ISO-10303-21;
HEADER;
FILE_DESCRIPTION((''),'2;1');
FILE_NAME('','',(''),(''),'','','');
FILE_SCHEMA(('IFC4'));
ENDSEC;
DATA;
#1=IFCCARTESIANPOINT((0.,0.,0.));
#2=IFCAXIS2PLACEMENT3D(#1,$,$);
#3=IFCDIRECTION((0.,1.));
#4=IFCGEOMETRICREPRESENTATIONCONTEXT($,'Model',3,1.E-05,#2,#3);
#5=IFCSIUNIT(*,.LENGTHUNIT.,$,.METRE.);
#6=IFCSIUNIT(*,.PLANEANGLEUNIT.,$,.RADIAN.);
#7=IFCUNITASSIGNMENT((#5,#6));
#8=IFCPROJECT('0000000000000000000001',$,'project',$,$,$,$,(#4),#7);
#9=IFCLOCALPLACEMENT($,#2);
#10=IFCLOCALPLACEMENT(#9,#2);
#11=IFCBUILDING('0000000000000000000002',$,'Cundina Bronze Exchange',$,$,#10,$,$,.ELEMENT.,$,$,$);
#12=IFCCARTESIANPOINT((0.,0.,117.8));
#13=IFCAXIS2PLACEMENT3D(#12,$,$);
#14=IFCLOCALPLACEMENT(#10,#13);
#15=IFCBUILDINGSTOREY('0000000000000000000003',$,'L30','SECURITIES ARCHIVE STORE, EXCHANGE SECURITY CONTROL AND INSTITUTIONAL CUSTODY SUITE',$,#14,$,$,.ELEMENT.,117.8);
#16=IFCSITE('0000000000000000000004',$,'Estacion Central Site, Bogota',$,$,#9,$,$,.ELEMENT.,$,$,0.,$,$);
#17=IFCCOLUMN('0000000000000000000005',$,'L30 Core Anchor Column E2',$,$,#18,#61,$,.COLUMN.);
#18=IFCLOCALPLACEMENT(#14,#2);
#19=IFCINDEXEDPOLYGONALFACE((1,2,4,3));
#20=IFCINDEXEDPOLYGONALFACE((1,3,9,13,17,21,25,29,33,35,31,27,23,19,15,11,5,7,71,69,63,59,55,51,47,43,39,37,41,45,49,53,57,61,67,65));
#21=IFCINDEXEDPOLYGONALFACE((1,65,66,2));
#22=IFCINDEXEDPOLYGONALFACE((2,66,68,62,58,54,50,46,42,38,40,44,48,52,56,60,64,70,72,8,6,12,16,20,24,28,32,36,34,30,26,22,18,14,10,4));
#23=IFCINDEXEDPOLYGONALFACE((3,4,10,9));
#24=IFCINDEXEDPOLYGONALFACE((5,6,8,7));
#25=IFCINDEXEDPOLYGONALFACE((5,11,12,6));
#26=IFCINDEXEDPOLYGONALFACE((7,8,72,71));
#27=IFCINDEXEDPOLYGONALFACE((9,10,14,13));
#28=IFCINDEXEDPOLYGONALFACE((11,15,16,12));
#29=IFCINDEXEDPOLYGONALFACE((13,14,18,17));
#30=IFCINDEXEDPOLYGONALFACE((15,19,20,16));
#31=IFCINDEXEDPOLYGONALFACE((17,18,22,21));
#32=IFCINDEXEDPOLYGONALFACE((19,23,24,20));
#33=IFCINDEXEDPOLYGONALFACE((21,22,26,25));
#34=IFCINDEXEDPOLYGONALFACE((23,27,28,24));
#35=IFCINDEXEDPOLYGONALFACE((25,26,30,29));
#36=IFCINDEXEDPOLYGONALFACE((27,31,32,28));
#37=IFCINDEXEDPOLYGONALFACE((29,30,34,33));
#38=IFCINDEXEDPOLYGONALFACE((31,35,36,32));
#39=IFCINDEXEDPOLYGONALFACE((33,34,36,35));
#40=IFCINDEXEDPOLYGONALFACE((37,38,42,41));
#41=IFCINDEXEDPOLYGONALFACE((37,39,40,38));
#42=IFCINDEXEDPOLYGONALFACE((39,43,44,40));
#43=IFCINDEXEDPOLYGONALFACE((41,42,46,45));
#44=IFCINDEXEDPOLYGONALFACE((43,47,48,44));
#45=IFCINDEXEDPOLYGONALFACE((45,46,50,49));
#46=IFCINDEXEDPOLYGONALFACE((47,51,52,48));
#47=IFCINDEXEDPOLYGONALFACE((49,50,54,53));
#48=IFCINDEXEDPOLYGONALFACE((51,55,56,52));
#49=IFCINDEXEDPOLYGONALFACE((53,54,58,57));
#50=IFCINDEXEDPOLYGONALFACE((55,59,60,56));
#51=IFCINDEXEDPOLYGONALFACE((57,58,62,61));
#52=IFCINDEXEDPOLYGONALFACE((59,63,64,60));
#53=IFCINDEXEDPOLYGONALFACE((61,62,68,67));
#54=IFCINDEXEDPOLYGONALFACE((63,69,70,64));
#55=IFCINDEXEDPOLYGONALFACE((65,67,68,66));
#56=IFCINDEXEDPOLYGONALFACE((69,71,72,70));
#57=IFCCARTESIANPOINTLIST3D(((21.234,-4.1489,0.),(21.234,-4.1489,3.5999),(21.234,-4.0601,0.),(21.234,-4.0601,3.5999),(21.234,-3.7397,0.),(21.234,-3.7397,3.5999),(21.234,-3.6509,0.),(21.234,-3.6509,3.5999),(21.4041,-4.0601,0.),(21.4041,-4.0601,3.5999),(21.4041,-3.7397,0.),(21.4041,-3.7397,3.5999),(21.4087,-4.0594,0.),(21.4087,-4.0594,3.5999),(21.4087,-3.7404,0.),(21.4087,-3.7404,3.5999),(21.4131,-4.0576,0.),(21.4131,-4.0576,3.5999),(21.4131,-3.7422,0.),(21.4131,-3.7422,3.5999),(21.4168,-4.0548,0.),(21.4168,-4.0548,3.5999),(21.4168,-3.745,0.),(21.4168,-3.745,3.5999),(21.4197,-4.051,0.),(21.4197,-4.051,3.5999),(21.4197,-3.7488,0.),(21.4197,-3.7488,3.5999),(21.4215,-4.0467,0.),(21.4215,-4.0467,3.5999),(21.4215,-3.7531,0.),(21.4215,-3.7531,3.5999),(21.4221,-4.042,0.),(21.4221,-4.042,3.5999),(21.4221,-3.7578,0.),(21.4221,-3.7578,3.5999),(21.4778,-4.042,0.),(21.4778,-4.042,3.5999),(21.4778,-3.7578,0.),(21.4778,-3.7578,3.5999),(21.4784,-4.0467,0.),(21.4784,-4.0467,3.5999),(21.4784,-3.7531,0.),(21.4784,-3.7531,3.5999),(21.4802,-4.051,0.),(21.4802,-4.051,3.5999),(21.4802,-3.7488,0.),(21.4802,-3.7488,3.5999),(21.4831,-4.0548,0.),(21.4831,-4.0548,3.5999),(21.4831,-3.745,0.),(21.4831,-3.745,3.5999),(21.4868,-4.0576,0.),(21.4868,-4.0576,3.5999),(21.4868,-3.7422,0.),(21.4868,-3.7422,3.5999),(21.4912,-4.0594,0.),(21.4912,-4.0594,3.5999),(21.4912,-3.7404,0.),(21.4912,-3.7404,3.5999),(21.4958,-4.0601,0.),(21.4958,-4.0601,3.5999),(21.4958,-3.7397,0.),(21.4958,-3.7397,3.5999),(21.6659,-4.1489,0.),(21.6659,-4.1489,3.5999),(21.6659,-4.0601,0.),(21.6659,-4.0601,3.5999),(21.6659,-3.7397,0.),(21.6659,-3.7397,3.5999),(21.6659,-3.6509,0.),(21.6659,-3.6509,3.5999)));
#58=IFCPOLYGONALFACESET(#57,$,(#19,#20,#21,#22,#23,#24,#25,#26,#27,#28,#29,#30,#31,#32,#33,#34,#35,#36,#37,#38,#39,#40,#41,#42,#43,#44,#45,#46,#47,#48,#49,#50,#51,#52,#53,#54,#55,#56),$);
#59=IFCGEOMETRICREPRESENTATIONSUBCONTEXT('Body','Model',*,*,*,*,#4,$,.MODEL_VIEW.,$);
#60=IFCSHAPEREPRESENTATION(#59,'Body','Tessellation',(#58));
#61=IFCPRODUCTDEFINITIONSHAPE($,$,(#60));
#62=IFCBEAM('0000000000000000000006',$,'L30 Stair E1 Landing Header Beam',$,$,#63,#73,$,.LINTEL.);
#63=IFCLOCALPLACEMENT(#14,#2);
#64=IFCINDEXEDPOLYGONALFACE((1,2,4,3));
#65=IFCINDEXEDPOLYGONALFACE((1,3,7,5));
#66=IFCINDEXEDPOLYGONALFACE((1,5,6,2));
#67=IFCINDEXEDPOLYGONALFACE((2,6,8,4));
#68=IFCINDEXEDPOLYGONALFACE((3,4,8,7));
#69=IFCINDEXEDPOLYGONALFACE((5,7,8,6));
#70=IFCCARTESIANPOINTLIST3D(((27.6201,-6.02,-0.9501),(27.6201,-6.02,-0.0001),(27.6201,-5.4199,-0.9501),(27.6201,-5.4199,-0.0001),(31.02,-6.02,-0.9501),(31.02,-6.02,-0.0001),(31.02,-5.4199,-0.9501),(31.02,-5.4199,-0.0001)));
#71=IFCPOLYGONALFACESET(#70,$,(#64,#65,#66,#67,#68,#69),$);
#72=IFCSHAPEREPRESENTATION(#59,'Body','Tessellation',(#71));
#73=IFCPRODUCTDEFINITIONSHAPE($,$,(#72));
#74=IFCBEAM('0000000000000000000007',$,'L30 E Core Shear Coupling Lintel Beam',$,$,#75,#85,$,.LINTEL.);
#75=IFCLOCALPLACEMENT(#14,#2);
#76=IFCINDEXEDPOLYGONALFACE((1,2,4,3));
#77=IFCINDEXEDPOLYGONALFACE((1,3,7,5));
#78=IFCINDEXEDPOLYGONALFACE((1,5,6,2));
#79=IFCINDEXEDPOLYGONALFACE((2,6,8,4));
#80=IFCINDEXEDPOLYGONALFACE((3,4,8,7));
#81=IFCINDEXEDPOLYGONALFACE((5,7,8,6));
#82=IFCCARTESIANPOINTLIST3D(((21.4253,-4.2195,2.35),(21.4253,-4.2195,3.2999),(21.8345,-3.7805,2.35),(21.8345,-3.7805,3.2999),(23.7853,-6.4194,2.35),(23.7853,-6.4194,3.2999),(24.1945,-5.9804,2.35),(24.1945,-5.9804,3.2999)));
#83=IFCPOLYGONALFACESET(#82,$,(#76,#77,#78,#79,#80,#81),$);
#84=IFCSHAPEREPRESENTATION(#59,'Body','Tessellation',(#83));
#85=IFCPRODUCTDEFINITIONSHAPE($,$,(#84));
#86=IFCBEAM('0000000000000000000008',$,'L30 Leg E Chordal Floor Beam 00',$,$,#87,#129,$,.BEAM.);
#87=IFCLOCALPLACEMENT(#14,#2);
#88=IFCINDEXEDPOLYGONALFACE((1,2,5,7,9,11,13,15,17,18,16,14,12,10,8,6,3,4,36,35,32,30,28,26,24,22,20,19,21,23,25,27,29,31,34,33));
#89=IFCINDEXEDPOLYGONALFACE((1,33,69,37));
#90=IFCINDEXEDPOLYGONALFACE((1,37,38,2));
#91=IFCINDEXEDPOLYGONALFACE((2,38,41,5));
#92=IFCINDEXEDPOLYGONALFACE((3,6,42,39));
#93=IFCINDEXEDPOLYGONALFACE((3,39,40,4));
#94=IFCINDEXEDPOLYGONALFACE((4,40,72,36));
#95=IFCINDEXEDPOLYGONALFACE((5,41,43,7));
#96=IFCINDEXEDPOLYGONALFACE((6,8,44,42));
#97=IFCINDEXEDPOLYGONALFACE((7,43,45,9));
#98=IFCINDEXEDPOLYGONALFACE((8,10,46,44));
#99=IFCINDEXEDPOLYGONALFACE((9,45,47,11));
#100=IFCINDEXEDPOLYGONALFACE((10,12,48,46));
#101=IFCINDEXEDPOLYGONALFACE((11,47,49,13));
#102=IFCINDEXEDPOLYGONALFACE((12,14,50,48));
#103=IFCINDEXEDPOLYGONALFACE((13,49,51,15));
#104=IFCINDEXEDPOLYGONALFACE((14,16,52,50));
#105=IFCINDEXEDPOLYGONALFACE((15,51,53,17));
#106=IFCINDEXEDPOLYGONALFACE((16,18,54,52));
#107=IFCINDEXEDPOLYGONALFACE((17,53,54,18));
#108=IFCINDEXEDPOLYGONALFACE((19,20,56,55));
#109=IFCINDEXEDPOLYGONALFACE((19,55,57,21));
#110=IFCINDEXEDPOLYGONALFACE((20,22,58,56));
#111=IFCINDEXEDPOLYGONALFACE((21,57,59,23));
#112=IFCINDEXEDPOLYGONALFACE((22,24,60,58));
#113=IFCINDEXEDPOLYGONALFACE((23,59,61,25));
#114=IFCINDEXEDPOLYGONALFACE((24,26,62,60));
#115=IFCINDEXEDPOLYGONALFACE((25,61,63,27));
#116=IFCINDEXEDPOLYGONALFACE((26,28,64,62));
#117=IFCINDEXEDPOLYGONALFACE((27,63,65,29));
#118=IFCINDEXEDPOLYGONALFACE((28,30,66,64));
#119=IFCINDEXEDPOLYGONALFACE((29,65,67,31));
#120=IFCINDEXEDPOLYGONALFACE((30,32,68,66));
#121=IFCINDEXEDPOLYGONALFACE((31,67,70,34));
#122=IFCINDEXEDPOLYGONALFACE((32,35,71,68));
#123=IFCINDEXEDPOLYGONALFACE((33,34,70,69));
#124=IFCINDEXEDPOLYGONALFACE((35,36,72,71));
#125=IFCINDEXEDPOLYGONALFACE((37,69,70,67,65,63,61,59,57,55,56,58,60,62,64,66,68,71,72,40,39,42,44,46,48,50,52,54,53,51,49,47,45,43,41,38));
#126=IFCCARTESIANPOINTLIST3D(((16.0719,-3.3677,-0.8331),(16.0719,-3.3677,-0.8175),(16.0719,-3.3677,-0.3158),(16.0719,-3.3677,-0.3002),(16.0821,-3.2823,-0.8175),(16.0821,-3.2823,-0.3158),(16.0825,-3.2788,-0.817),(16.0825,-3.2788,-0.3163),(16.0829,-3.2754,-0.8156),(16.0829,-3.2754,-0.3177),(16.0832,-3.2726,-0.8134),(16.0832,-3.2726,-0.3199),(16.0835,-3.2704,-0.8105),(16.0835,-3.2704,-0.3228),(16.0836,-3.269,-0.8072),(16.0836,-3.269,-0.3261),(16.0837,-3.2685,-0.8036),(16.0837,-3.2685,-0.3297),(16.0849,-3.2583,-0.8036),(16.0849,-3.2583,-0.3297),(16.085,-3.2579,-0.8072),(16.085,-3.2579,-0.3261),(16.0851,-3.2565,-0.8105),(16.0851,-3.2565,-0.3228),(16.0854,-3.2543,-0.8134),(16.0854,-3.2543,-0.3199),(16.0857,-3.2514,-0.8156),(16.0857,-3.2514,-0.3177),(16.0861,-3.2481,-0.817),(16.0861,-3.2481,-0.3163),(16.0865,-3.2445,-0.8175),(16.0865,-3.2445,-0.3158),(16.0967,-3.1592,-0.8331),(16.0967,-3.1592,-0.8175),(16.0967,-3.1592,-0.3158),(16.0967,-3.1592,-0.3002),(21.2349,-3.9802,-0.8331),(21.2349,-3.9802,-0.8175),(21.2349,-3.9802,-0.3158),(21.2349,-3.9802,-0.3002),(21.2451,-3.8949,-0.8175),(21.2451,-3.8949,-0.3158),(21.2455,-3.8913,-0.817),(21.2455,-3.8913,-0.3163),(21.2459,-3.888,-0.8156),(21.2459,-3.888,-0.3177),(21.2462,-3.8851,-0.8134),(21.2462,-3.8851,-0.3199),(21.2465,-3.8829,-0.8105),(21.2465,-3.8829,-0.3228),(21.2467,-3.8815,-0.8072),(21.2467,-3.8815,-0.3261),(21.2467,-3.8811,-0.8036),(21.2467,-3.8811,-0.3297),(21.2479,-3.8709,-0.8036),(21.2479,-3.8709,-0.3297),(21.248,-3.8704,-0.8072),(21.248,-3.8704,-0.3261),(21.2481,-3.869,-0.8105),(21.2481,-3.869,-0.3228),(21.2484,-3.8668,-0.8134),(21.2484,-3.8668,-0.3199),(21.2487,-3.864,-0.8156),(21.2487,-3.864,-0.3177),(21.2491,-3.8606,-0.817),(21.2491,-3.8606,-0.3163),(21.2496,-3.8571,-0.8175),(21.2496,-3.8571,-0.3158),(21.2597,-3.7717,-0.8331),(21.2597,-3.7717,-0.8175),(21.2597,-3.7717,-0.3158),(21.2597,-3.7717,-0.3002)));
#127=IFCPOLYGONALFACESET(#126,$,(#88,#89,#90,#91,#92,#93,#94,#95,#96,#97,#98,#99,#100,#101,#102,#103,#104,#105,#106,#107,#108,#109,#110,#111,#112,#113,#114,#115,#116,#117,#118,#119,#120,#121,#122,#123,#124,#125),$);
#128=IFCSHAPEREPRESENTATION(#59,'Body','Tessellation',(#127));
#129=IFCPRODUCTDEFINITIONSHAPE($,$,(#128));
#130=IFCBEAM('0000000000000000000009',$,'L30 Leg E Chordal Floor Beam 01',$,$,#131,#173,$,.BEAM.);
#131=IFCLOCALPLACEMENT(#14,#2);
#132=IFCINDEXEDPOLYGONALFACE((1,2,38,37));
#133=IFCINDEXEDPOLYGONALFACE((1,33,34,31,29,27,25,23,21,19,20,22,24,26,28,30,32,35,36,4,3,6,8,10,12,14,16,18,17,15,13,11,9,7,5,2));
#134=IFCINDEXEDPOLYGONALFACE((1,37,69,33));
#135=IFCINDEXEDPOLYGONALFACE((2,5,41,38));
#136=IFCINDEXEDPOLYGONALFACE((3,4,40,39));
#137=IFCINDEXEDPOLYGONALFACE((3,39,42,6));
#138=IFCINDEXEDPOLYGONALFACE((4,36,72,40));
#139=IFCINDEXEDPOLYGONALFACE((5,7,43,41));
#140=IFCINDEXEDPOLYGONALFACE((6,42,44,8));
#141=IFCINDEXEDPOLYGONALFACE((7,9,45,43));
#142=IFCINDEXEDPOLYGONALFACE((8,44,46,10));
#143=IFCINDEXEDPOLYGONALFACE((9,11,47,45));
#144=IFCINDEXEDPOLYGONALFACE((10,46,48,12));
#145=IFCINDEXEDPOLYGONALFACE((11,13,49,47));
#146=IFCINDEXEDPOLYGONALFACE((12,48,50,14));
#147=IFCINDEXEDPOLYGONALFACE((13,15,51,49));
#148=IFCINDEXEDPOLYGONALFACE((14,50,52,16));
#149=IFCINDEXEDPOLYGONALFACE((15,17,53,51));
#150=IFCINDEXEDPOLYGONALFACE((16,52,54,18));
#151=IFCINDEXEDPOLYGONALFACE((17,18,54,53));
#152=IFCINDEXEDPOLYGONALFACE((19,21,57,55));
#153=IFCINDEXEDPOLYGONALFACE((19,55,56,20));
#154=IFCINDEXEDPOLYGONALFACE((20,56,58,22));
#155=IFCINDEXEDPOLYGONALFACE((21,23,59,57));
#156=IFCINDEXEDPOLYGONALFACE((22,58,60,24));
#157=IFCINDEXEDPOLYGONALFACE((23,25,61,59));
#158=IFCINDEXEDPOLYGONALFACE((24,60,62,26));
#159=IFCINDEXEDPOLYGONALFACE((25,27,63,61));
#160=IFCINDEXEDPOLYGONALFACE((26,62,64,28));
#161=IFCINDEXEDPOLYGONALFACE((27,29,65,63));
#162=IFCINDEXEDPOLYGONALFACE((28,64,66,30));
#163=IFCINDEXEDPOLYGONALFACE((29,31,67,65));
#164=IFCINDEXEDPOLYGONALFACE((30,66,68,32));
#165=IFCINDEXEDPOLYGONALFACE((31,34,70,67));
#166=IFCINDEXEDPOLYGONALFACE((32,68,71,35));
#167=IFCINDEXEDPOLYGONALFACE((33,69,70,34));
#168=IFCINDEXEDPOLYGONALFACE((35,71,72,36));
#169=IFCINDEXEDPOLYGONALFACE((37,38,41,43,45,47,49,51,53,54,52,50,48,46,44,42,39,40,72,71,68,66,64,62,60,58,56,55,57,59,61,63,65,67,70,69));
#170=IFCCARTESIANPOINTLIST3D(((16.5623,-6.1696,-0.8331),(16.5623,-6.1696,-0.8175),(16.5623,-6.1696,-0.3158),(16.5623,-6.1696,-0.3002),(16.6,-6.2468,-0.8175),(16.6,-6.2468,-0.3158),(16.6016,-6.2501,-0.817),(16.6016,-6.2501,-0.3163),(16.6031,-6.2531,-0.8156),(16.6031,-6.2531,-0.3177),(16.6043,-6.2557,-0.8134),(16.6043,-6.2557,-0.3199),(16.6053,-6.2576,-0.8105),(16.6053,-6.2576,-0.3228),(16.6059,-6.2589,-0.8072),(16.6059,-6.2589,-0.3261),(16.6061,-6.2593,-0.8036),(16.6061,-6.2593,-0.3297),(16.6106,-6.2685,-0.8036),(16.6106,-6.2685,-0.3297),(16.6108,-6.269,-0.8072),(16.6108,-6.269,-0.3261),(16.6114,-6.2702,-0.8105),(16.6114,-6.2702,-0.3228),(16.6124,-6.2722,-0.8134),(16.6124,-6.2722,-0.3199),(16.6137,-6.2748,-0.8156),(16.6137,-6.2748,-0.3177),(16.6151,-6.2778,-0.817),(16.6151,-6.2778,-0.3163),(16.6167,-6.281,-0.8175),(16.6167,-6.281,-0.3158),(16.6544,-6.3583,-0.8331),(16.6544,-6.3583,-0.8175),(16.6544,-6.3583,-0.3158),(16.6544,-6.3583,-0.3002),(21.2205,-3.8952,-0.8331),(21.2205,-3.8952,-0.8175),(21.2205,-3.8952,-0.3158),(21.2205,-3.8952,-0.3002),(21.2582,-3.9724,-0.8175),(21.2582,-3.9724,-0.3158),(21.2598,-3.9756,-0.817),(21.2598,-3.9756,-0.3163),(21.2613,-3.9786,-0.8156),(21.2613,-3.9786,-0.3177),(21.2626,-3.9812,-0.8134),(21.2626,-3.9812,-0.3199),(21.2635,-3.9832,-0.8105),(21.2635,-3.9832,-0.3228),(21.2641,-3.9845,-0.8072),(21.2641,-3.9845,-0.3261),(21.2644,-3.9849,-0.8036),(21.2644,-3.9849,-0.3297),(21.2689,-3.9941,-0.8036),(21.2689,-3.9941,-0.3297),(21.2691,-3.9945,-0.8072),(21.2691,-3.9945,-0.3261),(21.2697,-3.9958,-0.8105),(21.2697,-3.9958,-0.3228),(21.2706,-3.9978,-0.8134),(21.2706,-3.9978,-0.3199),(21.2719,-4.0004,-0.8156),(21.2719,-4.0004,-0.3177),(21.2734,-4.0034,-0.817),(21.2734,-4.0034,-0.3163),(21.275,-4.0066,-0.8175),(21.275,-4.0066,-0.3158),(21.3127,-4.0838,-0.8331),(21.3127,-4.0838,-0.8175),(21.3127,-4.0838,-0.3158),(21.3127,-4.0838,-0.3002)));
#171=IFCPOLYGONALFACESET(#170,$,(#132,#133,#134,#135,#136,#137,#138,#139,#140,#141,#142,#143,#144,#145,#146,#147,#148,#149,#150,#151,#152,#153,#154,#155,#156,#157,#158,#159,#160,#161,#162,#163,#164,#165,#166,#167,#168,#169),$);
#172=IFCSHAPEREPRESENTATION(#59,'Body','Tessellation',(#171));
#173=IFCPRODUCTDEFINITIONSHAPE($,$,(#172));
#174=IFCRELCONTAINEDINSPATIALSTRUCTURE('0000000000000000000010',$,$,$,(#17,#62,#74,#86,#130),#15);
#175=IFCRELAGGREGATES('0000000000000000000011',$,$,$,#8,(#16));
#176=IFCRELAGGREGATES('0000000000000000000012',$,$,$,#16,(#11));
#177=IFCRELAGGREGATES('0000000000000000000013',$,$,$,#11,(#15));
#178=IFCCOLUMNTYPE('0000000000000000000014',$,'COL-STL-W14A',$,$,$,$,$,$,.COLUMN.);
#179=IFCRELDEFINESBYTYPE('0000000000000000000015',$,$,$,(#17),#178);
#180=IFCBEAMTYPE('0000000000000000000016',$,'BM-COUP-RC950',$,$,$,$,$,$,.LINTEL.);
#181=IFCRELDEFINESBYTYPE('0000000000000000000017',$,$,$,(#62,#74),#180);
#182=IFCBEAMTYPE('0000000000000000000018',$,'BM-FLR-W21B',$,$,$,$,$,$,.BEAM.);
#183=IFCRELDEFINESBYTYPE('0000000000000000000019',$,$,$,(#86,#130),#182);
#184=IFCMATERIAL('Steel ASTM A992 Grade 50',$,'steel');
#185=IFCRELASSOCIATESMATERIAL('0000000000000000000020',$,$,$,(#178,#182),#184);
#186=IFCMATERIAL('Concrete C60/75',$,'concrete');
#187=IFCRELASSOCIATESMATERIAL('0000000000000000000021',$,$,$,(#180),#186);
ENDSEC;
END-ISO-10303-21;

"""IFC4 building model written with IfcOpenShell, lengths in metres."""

from ifc_helpers import new_model, si_unit, direction, frame, origin, origin_2d, place, context, subcontext, project, spatial, rectangle, i_section, extrude, material, material_profile, profile_set, type_object, element, save


model = new_model("IFC4")

# Units and contexts
model_context = context("Model", 3, precision=1e-05, world=origin(), true_north=direction((0.0, 1.0)))
body_context = subcontext(model_context, "Body", "Model", "MODEL_VIEW")
ifc_project = project(units=[si_unit("LENGTHUNIT", "METRE"), si_unit("PLANEANGLEUNIT", "RADIAN")], contexts=[model_context])

# Site, building, storey
site_placement = place(None, origin())
site = spatial("IfcSite", under=ifc_project, at=site_placement, Name="Estacion Central Site, Bogota", CompositionType="ELEMENT", RefElevation=0.0)
building_placement = place(site_placement, origin())
building = spatial("IfcBuilding", under=site, at=building_placement, Name="Cundina Bronze Exchange", CompositionType="ELEMENT")
storey_placement = place(building_placement, frame((0.0, 0.0, 117.8)))
storey = spatial("IfcBuildingStorey", under=building, at=storey_placement, Name="L30", Description="SECURITIES ARCHIVE STORE, EXCHANGE SECURITY CONTROL AND INSTITUTIONAL CUSTODY SUITE", CompositionType="ELEMENT", Elevation=117.8)

# Column
ifc_material_1 = material(Name="Steel ASTM A992 Grade 50", Category="steel")
ifc_material_profile_1 = material_profile(ifc_material_1, i_section(OverallWidth=0.4319, OverallDepth=0.498, WebThickness=0.0557, FlangeThickness=0.0889, FilletRadius=0.0181, at=origin_2d()), Name="W14X500", Category="steel")
ifc_profile_set_1 = profile_set([ifc_material_profile_1], Name="Steel ASTM A992 Grade 50")
column_type = type_object("IfcColumnType", Name="COL-STL-W14A", PredefinedType="COLUMN", material=ifc_profile_set_1)
column_placement = place(storey_placement, frame((21.45, -3.8999, 0.0), z_axis=(0.0, 0.0, 1.0), x_axis=(1.0, 0.0, 0.0)))
element("IfcColumn", 1, at=column_placement, inside=storey, type_object=column_type, Name="L30 Core Anchor Column E2", PredefinedType="COLUMN", context=body_context, shape_type="SweptSolid", body=[
    extrude(i_section(OverallWidth=0.4319, OverallDepth=0.498, WebThickness=0.0557, FlangeThickness=0.0889, FilletRadius=0.0181, at=origin_2d()), origin(), (0.0, 0.0, 1.0), 3.5999),
])

# Beams
ifc_material_2 = material(Name="Concrete C60/75", Category="concrete")
ifc_material_profile_2 = material_profile(ifc_material_2, rectangle(XDim=0.6001, YDim=0.95, at=origin_2d()), Name="RC600X950", Category="concrete")
ifc_profile_set_2 = profile_set([ifc_material_profile_2], Name="Concrete C60/75")
beam_type_1 = type_object("IfcBeamType", Name="BM-COUP-RC950", PredefinedType="LINTEL", material=ifc_profile_set_2)
beam_1_placement = place(storey_placement, frame((27.6201, -5.72, -0.4751), z_axis=(1.0, 0.0, 0.0), x_axis=(0.0, 1.0, 0.0)))
element("IfcBeam", 2, at=beam_1_placement, inside=storey, type_object=beam_type_1, Name="L30 Stair E1 Landing Header Beam", PredefinedType="LINTEL", context=body_context, shape_type="SweptSolid", body=[
    extrude(rectangle(XDim=0.6001, YDim=0.95, at=origin_2d()), origin(), (0.0, 0.0, 1.0), 3.3999),
])
beam_2_placement = place(storey_placement, frame((21.6299, -4.0, 2.825), z_axis=(0.73149, -0.681852, 0.0), x_axis=(0.681852, 0.73149, 0.0)))
element("IfcBeam", 3, at=beam_2_placement, inside=storey, type_object=beam_type_1, Name="L30 E Core Shear Coupling Lintel Beam", PredefinedType="LINTEL", context=body_context, shape_type="SweptSolid", body=[
    extrude(rectangle(XDim=0.6001, YDim=0.95, at=origin_2d()), origin(), (0.0, 0.0, 1.0), 3.2263),
])
ifc_material_profile_3 = material_profile(ifc_material_1, i_section(OverallWidth=0.21, OverallDepth=0.533, WebThickness=0.0103, FlangeThickness=0.0156, FilletRadius=0.0139, at=origin_2d()), Name="W21X62", Category="steel")
ifc_profile_set_3 = profile_set([ifc_material_profile_3], Name="Steel ASTM A992 Grade 50")
beam_type_2 = type_object("IfcBeamType", Name="BM-FLR-W21B", PredefinedType="BEAM", material=ifc_profile_set_3)
beam_3_placement = place(storey_placement, frame((21.2473, -3.876, -0.5667), z_axis=(-0.993036, 0.117814, 0.0), x_axis=(-0.117814, -0.993036, 0.0)))
element("IfcBeam", 4, at=beam_3_placement, inside=storey, type_object=beam_type_2, Name="L30 Leg E Chordal Floor Beam 00", PredefinedType="BEAM", context=body_context, shape_type="SweptSolid", body=[
    extrude(i_section(OverallWidth=0.21, OverallDepth=0.533, WebThickness=0.0103, FlangeThickness=0.0156, FilletRadius=0.0139, at=origin_2d()), origin(), (0.0, 0.0, 1.0), 5.1992),
])
beam_4_placement = place(storey_placement, frame((21.2666, -3.9895, -0.5667), z_axis=(-0.898607, -0.438754, 0.0), x_axis=(0.438754, -0.898607, 0.0)))
element("IfcBeam", 5, at=beam_4_placement, inside=storey, type_object=beam_type_2, Name="L30 Leg E Chordal Floor Beam 01", PredefinedType="BEAM", context=body_context, shape_type="SweptSolid", body=[
    extrude(i_section(OverallWidth=0.21, OverallDepth=0.533, WebThickness=0.0103, FlangeThickness=0.0156, FilletRadius=0.0139, at=origin_2d()), origin(), (0.0, 0.0, 1.0), 5.1838),
])

save(model, "model.ifc")
